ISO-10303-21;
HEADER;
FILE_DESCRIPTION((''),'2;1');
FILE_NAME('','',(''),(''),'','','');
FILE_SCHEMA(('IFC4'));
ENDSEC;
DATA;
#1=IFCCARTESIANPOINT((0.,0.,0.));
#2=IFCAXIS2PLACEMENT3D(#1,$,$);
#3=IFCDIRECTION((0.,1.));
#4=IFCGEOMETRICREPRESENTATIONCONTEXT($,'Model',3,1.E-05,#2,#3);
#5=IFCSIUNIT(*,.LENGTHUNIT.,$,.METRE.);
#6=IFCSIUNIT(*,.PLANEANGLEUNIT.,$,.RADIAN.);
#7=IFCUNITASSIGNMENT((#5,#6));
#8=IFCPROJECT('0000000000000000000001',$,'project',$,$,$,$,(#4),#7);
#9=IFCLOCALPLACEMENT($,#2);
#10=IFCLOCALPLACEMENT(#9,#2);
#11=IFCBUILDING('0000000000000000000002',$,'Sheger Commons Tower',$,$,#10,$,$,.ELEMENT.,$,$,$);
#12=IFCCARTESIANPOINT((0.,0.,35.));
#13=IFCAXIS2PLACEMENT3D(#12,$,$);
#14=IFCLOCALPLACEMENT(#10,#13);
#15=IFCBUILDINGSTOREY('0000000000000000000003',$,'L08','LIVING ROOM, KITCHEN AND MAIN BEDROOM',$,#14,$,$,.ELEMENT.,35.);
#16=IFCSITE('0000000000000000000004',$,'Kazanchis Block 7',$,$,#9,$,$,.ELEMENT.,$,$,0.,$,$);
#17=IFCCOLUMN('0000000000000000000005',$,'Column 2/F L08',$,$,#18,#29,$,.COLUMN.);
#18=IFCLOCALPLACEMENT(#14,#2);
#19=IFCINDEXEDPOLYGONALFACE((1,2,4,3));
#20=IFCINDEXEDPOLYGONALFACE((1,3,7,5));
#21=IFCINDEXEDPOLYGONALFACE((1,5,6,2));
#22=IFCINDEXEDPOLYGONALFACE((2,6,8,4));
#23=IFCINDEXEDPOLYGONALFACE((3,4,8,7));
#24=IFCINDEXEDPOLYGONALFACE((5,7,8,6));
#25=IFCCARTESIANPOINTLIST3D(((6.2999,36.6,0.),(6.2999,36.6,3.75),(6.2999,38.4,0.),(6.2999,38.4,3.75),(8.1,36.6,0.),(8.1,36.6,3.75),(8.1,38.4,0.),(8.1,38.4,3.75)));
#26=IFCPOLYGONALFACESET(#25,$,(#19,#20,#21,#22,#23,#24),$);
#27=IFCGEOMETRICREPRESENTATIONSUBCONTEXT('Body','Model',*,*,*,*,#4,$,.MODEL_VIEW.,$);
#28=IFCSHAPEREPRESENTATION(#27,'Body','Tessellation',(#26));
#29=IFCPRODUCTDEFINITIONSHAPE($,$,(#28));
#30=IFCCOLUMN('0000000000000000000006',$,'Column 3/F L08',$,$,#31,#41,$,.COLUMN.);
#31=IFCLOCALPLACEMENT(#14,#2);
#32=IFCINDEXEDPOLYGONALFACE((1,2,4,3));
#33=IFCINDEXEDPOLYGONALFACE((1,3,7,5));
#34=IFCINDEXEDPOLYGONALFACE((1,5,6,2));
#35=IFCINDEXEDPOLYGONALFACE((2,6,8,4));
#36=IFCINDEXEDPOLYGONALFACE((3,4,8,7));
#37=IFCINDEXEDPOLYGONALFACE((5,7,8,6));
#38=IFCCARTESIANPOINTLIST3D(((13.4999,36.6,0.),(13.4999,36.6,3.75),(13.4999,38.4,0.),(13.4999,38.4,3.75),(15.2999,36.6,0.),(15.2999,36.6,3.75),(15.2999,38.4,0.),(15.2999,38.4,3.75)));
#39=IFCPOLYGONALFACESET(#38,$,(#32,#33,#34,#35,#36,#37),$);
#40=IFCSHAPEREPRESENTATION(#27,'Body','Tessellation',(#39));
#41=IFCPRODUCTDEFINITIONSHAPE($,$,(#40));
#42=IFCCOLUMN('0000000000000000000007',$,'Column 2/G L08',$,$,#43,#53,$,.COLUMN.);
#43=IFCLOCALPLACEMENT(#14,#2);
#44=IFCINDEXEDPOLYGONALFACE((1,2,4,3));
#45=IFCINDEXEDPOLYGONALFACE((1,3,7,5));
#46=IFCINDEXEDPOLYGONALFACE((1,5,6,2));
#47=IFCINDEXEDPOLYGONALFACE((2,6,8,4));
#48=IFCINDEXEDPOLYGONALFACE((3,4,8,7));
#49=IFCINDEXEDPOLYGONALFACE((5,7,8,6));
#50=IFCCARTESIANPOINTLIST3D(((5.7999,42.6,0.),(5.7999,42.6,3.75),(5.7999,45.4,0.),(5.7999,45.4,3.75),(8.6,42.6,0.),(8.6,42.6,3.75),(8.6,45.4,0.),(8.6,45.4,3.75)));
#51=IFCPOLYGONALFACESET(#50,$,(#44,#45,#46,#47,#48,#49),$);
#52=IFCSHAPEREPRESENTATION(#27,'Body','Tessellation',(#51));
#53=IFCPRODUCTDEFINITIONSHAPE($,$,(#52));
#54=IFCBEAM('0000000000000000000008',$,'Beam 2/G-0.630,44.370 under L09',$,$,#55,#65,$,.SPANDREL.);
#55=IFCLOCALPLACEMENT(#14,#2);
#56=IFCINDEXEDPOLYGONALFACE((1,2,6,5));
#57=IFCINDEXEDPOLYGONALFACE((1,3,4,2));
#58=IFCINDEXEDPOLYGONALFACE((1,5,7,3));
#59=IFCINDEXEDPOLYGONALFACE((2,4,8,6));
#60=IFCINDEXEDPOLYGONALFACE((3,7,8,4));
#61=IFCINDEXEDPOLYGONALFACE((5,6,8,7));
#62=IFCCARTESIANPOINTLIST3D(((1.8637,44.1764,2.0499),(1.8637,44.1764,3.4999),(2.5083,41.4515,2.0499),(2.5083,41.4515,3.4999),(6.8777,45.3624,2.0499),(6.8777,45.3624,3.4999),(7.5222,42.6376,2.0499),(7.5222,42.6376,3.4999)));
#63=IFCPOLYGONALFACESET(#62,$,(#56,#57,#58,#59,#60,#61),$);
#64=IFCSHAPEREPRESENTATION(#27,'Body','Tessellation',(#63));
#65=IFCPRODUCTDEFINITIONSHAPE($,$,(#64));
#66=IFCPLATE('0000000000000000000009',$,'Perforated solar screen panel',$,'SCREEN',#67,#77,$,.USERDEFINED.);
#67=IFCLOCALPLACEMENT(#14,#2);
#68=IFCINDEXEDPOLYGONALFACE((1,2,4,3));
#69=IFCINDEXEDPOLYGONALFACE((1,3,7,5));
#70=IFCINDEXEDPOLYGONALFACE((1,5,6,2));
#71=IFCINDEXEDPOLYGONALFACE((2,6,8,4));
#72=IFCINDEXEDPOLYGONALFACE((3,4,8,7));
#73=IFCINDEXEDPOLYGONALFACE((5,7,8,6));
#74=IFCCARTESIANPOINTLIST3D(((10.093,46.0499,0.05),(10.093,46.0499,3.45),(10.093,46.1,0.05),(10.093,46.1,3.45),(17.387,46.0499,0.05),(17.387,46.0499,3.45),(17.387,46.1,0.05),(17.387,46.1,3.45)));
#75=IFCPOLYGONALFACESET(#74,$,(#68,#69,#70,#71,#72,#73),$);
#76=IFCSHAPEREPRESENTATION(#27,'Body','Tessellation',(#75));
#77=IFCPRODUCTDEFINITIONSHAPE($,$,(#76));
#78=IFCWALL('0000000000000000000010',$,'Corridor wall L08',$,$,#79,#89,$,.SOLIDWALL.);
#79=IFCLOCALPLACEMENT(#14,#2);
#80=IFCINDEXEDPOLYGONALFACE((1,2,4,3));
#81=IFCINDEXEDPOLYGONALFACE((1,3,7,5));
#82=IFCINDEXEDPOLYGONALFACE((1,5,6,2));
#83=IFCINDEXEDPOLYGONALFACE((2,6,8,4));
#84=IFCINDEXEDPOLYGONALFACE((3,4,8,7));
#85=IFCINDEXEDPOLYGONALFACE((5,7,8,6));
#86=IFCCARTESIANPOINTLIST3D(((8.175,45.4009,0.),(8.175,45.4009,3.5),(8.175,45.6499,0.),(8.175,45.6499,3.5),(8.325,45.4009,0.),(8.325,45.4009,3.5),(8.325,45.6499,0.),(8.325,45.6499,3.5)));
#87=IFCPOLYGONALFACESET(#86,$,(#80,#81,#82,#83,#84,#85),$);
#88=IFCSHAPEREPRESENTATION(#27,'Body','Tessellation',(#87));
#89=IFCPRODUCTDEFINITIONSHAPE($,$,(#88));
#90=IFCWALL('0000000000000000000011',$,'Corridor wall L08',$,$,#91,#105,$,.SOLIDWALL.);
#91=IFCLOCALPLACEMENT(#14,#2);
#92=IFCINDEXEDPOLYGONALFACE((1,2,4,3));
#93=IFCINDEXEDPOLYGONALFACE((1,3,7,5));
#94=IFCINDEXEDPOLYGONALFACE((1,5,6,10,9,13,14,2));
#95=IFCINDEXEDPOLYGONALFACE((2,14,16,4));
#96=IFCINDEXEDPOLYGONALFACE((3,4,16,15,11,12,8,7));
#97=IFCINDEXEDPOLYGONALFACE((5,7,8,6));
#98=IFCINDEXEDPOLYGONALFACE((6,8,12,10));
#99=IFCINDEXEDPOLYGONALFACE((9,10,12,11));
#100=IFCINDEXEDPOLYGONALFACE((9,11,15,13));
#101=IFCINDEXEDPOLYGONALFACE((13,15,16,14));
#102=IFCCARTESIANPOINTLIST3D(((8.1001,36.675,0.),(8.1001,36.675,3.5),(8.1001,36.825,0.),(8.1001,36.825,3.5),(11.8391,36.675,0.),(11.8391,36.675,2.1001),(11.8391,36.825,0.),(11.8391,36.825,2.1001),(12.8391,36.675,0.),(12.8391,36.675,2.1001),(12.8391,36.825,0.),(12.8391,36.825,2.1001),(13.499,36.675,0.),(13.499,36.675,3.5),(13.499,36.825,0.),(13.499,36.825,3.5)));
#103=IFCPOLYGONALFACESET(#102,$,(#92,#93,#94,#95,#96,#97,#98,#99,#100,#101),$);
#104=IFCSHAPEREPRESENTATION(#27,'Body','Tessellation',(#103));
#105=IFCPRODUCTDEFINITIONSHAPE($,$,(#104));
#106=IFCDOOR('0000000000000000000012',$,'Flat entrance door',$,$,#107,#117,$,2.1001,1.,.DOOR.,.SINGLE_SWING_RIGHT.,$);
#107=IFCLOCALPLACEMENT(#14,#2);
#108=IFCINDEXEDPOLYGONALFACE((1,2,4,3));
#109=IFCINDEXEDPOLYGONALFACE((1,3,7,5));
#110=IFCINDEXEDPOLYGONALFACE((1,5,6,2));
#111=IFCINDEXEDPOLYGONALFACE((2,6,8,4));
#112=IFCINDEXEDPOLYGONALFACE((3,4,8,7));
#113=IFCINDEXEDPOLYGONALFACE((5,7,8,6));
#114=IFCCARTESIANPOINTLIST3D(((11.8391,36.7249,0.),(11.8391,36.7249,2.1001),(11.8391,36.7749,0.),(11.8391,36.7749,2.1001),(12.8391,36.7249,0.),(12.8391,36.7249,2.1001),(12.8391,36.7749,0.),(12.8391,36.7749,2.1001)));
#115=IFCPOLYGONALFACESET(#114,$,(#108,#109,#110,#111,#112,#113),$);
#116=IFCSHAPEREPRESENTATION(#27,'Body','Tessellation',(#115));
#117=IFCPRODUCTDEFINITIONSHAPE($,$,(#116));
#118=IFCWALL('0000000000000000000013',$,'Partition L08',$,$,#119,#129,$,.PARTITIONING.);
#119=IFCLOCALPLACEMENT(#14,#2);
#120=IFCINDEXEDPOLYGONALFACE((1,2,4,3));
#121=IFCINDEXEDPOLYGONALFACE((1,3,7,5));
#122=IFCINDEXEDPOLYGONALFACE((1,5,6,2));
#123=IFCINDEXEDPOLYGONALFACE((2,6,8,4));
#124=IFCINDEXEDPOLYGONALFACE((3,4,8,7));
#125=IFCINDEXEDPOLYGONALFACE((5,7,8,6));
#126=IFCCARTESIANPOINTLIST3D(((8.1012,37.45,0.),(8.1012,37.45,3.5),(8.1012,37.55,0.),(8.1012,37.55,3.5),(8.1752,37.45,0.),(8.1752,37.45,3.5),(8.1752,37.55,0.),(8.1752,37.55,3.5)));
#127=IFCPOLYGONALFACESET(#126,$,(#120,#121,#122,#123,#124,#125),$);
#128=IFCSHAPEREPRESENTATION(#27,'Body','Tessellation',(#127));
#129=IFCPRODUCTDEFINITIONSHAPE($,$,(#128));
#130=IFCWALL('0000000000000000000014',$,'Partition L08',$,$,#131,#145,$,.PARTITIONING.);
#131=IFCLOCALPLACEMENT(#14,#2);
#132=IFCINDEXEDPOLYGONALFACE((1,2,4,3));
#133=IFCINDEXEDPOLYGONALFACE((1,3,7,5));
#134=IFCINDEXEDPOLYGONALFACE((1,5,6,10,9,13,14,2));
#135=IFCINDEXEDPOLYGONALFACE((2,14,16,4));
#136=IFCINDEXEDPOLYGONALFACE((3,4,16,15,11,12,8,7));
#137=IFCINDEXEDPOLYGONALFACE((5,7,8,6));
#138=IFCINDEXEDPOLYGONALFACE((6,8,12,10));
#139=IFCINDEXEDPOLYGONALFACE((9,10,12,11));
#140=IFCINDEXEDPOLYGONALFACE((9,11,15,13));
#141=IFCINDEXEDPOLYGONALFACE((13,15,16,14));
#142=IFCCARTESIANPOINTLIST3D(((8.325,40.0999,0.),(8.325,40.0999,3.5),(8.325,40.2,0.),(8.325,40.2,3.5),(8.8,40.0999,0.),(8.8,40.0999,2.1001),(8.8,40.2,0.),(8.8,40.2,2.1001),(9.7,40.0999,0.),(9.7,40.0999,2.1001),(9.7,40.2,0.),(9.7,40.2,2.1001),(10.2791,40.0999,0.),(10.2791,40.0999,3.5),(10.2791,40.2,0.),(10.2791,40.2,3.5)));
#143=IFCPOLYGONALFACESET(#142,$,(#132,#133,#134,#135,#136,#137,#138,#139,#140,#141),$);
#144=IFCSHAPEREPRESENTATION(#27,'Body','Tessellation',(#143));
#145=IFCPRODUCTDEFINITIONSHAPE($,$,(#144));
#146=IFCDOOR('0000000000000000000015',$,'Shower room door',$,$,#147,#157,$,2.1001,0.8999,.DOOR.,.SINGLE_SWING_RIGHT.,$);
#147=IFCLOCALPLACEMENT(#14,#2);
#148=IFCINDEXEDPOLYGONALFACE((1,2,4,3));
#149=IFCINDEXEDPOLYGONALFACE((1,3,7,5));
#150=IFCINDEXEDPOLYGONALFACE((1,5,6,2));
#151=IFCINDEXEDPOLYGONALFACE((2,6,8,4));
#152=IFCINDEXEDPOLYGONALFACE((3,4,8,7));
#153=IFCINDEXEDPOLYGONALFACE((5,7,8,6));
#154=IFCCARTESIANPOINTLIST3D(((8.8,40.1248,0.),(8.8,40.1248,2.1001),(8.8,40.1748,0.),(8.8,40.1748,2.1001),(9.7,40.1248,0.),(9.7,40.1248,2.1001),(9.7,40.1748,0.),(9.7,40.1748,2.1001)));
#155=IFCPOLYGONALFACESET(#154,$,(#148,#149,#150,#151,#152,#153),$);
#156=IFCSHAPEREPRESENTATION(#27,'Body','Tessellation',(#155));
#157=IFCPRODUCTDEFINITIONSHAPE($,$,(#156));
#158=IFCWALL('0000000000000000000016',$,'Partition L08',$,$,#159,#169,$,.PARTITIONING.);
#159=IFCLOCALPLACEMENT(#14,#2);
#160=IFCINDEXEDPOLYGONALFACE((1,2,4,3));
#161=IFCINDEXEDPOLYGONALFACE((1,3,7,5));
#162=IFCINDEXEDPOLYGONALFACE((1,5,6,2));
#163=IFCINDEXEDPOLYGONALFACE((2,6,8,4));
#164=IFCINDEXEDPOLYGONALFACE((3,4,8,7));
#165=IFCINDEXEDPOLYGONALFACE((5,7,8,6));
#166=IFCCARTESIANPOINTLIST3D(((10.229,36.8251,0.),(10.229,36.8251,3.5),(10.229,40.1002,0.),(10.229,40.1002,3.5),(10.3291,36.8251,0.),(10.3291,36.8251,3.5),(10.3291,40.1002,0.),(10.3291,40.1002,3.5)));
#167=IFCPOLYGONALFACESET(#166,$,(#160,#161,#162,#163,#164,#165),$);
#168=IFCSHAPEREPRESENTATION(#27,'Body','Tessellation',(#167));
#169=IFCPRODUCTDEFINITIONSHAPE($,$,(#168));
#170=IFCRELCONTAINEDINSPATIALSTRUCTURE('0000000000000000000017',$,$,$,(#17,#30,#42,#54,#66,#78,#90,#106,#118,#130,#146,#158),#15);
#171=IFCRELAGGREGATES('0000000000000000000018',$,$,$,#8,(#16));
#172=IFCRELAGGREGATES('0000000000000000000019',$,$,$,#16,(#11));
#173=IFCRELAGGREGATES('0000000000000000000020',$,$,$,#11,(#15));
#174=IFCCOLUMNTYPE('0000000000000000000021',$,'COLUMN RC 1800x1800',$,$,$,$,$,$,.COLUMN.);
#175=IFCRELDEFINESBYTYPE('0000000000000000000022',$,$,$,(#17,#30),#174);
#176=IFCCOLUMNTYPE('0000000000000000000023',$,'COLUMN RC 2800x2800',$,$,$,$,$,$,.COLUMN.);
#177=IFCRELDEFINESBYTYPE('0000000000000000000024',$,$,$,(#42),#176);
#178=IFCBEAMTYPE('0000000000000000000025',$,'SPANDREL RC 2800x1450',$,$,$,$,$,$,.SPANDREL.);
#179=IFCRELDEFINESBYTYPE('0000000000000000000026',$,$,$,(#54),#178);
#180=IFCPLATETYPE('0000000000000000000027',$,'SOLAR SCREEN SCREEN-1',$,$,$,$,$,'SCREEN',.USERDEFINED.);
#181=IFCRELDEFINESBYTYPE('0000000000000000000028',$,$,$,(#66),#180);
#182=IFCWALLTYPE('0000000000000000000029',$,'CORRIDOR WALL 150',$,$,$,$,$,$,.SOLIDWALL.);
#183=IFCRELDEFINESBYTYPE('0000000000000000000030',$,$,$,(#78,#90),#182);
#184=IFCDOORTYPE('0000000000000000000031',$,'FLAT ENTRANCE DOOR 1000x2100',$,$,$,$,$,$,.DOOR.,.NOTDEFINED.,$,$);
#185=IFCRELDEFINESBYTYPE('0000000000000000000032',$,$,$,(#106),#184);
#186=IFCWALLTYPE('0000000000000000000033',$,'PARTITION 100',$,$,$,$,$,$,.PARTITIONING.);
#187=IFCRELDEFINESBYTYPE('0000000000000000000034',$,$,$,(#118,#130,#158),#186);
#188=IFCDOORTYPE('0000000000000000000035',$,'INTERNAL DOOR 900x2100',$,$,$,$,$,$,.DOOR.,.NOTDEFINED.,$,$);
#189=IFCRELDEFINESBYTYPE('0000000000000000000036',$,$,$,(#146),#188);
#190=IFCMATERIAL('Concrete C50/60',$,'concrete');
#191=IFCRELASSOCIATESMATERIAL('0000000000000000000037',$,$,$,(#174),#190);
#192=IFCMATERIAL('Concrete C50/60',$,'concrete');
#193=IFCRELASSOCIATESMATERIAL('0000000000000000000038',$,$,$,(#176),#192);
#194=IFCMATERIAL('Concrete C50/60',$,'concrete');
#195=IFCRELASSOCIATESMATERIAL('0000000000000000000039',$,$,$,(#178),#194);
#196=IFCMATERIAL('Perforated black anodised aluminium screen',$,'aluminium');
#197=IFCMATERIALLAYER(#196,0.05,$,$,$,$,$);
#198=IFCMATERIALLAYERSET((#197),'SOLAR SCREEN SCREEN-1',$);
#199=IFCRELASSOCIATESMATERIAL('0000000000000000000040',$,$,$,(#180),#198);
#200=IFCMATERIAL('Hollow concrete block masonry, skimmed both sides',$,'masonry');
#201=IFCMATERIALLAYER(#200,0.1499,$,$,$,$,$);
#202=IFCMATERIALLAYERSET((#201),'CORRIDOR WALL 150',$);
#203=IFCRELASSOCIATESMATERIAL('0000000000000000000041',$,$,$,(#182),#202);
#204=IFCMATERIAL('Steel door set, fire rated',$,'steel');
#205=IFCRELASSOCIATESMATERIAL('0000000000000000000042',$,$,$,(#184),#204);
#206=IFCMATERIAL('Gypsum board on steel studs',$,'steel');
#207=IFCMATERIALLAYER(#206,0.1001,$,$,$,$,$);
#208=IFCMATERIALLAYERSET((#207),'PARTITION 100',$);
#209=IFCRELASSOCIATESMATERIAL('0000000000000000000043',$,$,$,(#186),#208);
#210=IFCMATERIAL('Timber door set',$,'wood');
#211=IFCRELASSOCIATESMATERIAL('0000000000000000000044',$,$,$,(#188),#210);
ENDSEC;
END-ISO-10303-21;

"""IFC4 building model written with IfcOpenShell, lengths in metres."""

from ifc_helpers import new_model, si_unit, direction, frame, frame_2d, origin, origin_2d, place, context, subcontext, project, spatial, rectangle, extrude, material, layer, layer_set, material_profile, profile_set, type_object, element, fill, save


model = new_model("IFC4")

# Units and contexts
model_context = context("Model", 3, precision=1e-05, world=origin(), true_north=direction((0.0, 1.0)))
body_context = subcontext(model_context, "Body", "Model", "MODEL_VIEW")
ifc_project = project(units=[si_unit("LENGTHUNIT", "METRE"), si_unit("PLANEANGLEUNIT", "RADIAN")], contexts=[model_context])

# Site, building, storey
site_placement = place(None, origin())
site = spatial("IfcSite", under=ifc_project, at=site_placement, Name="Kazanchis Block 7", CompositionType="ELEMENT", RefElevation=0.0)
building_placement = place(site_placement, origin())
building = spatial("IfcBuilding", under=site, at=building_placement, Name="Sheger Commons Tower", CompositionType="ELEMENT")
storey_placement = place(building_placement, frame((0.0, 0.0, 35.0)))
storey = spatial("IfcBuildingStorey", under=building, at=storey_placement, Name="L08", Description="LIVING ROOM, KITCHEN AND MAIN BEDROOM", CompositionType="ELEMENT", Elevation=35.0)

# Columns
ifc_material_1 = material(Name="Concrete C50/60", Category="concrete")
ifc_material_profile_1 = material_profile(ifc_material_1, rectangle(XDim=1.8, YDim=1.8, at=origin_2d()), Name="RC 1800x1800")
ifc_profile_set_1 = profile_set([ifc_material_profile_1], Name="Concrete C50/60")
column_type_1 = type_object("IfcColumnType", Name="COLUMN RC 1800x1800", PredefinedType="COLUMN", material=ifc_profile_set_1)
for number, where, z_axis, x_axis, name in (
    (1, (7.2, 37.5, 0.0), (0.0, 0.0, 1.0), (1.0, 0.0, 0.0), "Column 2/F L08"),
    (2, (14.3999, 37.5, 0.0), (0.0, 0.0, 1.0), (1.0, 0.0, 0.0), "Column 3/F L08"),
):
    element("IfcColumn", number, at=place(storey_placement, frame(where, z_axis=z_axis, x_axis=x_axis)), inside=storey, type_object=column_type_1, Name=name, PredefinedType="COLUMN", context=body_context, shape_type="SweptSolid", body=[
        extrude(rectangle(XDim=1.8, YDim=1.8, at=origin_2d()), origin(), (0.0, 0.0, 1.0), 3.75),
    ])
ifc_material_2 = material(Name="Concrete C50/60", Category="concrete")
ifc_material_profile_2 = material_profile(ifc_material_2, rectangle(XDim=2.8, YDim=2.8, at=origin_2d()), Name="RC 2800x2800")
ifc_profile_set_2 = profile_set([ifc_material_profile_2], Name="Concrete C50/60")
column_type_2 = type_object("IfcColumnType", Name="COLUMN RC 2800x2800", PredefinedType="COLUMN", material=ifc_profile_set_2)
column_placement = place(storey_placement, frame((7.2, 44.0, 0.0), z_axis=(0.0, 0.0, 1.0), x_axis=(1.0, 0.0, 0.0)))
element("IfcColumn", 3, at=column_placement, inside=storey, type_object=column_type_2, Name="Column 2/G L08", PredefinedType="COLUMN", context=body_context, shape_type="SweptSolid", body=[
    extrude(rectangle(XDim=2.8, YDim=2.8, at=origin_2d()), origin(), (0.0, 0.0, 1.0), 3.75),
])

# Beam
ifc_material_3 = material(Name="Concrete C50/60", Category="concrete")
ifc_material_profile_3 = material_profile(ifc_material_3, rectangle(XDim=2.8, YDim=1.45, at=origin_2d()), Name="RC 2800x1450")
ifc_profile_set_3 = profile_set([ifc_material_profile_3], Name="Concrete C50/60")
beam_type = type_object("IfcBeamType", Name="SPANDREL RC 2800x1450", PredefinedType="SPANDREL", material=ifc_profile_set_3)
beam_placement = place(storey_placement, frame((7.2, 44.0, 2.7749), z_axis=(-0.973144, -0.230196, 0.0), x_axis=(0.230196, -0.973144, 0.0)))
element("IfcBeam", 4, at=beam_placement, inside=storey, type_object=beam_type, Name="Beam 2/G-0.630,44.370 under L09", PredefinedType="SPANDREL", context=body_context, shape_type="SweptSolid", body=[
    extrude(rectangle(XDim=2.8, YDim=1.45, at=origin_2d()), origin(), (0.0, 0.0, 1.0), 5.1523),
])

# Plate
ifc_material_4 = material(Name="Perforated black anodised aluminium screen", Category="aluminium")
ifc_layer_1 = layer(ifc_material_4, 0.05)
ifc_layer_set_1 = layer_set([ifc_layer_1], Name="SOLAR SCREEN SCREEN-1")
plate_type = type_object("IfcPlateType", Name="SOLAR SCREEN SCREEN-1", ElementType="SCREEN", PredefinedType="USERDEFINED", material=ifc_layer_set_1)
plate_placement = place(storey_placement, frame((13.74, 46.075, 0.05), z_axis=(0.0, 0.0, 1.0), x_axis=(-1.0, 0.0, 0.0)))
element("IfcPlate", 5, at=plate_placement, inside=storey, type_object=plate_type, Name="Perforated solar screen panel", ObjectType="SCREEN", PredefinedType="USERDEFINED", context=body_context, shape_type="SweptSolid", body=[
    extrude(rectangle(XDim=7.2939, YDim=0.05, at=origin_2d()), origin(), (0.0, 0.0, 1.0), 3.3999),
])

# Wall
ifc_material_5 = material(Name="Hollow concrete block masonry, skimmed both sides", Category="masonry")
ifc_layer_2 = layer(ifc_material_5, 0.1499)
ifc_layer_set_2 = layer_set([ifc_layer_2], Name="CORRIDOR WALL 150")
wall_type_1 = type_object("IfcWallType", Name="CORRIDOR WALL 150", PredefinedType="SOLIDWALL", material=ifc_layer_set_2)
wall_1_placement = place(storey_placement, frame((8.25, 45.4009, 0.0), z_axis=(0.0, 0.0, 1.0), x_axis=(0.0, 1.0, 0.0)))
element("IfcWall", 6, at=wall_1_placement, inside=storey, type_object=wall_type_1, Name="Corridor wall L08", PredefinedType="SOLIDWALL", context=body_context, shape_type="SweptSolid", body=[
    extrude(rectangle(XDim=0.249, YDim=0.1499, at=frame_2d((0.1245, 0.0))), origin(), (0.0, 0.0, 1.0), 3.5),
])

# Wall, opening, door
wall_2_placement = place(storey_placement, frame((8.1001, 36.75, 0.0), z_axis=(0.0, 0.0, 1.0), x_axis=(1.0, 0.0, 0.0)))
wall_2 = element("IfcWall", 7, at=wall_2_placement, inside=storey, type_object=wall_type_1, Name="Corridor wall L08", PredefinedType="SOLIDWALL", context=body_context, shape_type="SweptSolid", body=[
    extrude(rectangle(XDim=5.3989, YDim=0.1499, at=frame_2d((2.6995, 0.0))), origin(), (0.0, 0.0, 1.0), 3.5),
])
opening_1_placement = place(wall_2_placement, frame((3.739, 0.0, 0.0)))
opening_1 = element("IfcOpeningElement", 8, at=opening_1_placement, cuts=wall_2, PredefinedType="OPENING", context=body_context, shape_type="SweptSolid", body=[
    extrude(rectangle(XDim=1.0, YDim=2.1001, at=frame_2d((0.5, 1.05))), frame((0.0, 0.085, 0.0), z_axis=(0.0, -1.0, 0.0), x_axis=(1.0, 0.0, 0.0)), (0.0, 0.0, 1.0), 0.1699),
])
ifc_material_6 = material(Name="Steel door set, fire rated", Category="steel")
door_type_1 = type_object("IfcDoorType", Name="FLAT ENTRANCE DOOR 1000x2100", OperationType="NOTDEFINED", PredefinedType="DOOR", material=ifc_material_6)
door_1_placement = place(opening_1_placement, origin())
door_1 = element("IfcDoor", 9, at=door_1_placement, inside=storey, type_object=door_type_1, Name="Flat entrance door", OperationType="SINGLE_SWING_RIGHT", OverallHeight=2.1001, OverallWidth=1.0, PredefinedType="DOOR", context=body_context, shape_type="SweptSolid", body=[
    extrude(rectangle(XDim=1.0, YDim=2.1001, at=frame_2d((0.5, 1.05))), frame((0.0, 0.0249, 0.0), z_axis=(0.0, -1.0, 0.0), x_axis=(1.0, 0.0, 0.0)), (0.0, 0.0, 1.0), 0.05),
])
fill(opening_1, door_1)

# Wall
ifc_material_7 = material(Name="Gypsum board on steel studs", Category="steel")
ifc_layer_3 = layer(ifc_material_7, 0.1001)
ifc_layer_set_3 = layer_set([ifc_layer_3], Name="PARTITION 100")
wall_type_2 = type_object("IfcWallType", Name="PARTITION 100", PredefinedType="PARTITIONING", material=ifc_layer_set_3)
wall_3_placement = place(storey_placement, frame((8.1011, 37.5, 0.0), z_axis=(0.0, 0.0, 1.0), x_axis=(1.0, 0.0, 0.0)))
element("IfcWall", 10, at=wall_3_placement, inside=storey, type_object=wall_type_2, Name="Partition L08", PredefinedType="PARTITIONING", context=body_context, shape_type="SweptSolid", body=[
    extrude(rectangle(XDim=0.074, YDim=0.1001, at=frame_2d((0.0371, 0.0))), origin(), (0.0, 0.0, 1.0), 3.5),
])

# Wall, opening, door
wall_4_placement = place(storey_placement, frame((8.325, 40.1499, 0.0), z_axis=(0.0, 0.0, 1.0), x_axis=(1.0, 0.0, 0.0)))
wall_4 = element("IfcWall", 11, at=wall_4_placement, inside=storey, type_object=wall_type_2, Name="Partition L08", PredefinedType="PARTITIONING", context=body_context, shape_type="SweptSolid", body=[
    extrude(rectangle(XDim=1.9541, YDim=0.1001, at=frame_2d((0.9771, 0.0))), origin(), (0.0, 0.0, 1.0), 3.5),
])
opening_2_placement = place(wall_4_placement, frame((0.4751, 0.0, 0.0)))
opening_2 = element("IfcOpeningElement", 12, at=opening_2_placement, cuts=wall_4, PredefinedType="OPENING", context=body_context, shape_type="SweptSolid", body=[
    extrude(rectangle(XDim=0.8999, YDim=2.1001, at=frame_2d((0.45, 1.05))), frame((0.0, 0.0601, 0.0), z_axis=(0.0, -1.0, 0.0), x_axis=(1.0, 0.0, 0.0)), (0.0, 0.0, 1.0), 0.1201),
])
ifc_material_8 = material(Name="Timber door set", Category="wood")
door_type_2 = type_object("IfcDoorType", Name="INTERNAL DOOR 900x2100", OperationType="NOTDEFINED", PredefinedType="DOOR", material=ifc_material_8)
door_2_placement = place(opening_2_placement, origin())
door_2 = element("IfcDoor", 13, at=door_2_placement, inside=storey, type_object=door_type_2, Name="Shower room door", OperationType="SINGLE_SWING_RIGHT", OverallHeight=2.1001, OverallWidth=0.8999, PredefinedType="DOOR", context=body_context, shape_type="SweptSolid", body=[
    extrude(rectangle(XDim=0.8999, YDim=2.1001, at=frame_2d((0.45, 1.05))), frame((0.0, 0.0249, 0.0), z_axis=(0.0, -1.0, 0.0), x_axis=(1.0, 0.0, 0.0)), (0.0, 0.0, 1.0), 0.05),
])
fill(opening_2, door_2)

# Wall
wall_5_placement = place(storey_placement, frame((10.2791, 36.825, 0.0), z_axis=(0.0, 0.0, 1.0), x_axis=(0.0, 1.0, 0.0)))
element("IfcWall", 14, at=wall_5_placement, inside=storey, type_object=wall_type_2, Name="Partition L08", PredefinedType="PARTITIONING", context=body_context, shape_type="SweptSolid", body=[
    extrude(rectangle(XDim=3.2751, YDim=0.1001, at=frame_2d((1.6377, 0.0))), origin(), (0.0, 0.0, 1.0), 3.5),
])

save(model, "model.ifc")
